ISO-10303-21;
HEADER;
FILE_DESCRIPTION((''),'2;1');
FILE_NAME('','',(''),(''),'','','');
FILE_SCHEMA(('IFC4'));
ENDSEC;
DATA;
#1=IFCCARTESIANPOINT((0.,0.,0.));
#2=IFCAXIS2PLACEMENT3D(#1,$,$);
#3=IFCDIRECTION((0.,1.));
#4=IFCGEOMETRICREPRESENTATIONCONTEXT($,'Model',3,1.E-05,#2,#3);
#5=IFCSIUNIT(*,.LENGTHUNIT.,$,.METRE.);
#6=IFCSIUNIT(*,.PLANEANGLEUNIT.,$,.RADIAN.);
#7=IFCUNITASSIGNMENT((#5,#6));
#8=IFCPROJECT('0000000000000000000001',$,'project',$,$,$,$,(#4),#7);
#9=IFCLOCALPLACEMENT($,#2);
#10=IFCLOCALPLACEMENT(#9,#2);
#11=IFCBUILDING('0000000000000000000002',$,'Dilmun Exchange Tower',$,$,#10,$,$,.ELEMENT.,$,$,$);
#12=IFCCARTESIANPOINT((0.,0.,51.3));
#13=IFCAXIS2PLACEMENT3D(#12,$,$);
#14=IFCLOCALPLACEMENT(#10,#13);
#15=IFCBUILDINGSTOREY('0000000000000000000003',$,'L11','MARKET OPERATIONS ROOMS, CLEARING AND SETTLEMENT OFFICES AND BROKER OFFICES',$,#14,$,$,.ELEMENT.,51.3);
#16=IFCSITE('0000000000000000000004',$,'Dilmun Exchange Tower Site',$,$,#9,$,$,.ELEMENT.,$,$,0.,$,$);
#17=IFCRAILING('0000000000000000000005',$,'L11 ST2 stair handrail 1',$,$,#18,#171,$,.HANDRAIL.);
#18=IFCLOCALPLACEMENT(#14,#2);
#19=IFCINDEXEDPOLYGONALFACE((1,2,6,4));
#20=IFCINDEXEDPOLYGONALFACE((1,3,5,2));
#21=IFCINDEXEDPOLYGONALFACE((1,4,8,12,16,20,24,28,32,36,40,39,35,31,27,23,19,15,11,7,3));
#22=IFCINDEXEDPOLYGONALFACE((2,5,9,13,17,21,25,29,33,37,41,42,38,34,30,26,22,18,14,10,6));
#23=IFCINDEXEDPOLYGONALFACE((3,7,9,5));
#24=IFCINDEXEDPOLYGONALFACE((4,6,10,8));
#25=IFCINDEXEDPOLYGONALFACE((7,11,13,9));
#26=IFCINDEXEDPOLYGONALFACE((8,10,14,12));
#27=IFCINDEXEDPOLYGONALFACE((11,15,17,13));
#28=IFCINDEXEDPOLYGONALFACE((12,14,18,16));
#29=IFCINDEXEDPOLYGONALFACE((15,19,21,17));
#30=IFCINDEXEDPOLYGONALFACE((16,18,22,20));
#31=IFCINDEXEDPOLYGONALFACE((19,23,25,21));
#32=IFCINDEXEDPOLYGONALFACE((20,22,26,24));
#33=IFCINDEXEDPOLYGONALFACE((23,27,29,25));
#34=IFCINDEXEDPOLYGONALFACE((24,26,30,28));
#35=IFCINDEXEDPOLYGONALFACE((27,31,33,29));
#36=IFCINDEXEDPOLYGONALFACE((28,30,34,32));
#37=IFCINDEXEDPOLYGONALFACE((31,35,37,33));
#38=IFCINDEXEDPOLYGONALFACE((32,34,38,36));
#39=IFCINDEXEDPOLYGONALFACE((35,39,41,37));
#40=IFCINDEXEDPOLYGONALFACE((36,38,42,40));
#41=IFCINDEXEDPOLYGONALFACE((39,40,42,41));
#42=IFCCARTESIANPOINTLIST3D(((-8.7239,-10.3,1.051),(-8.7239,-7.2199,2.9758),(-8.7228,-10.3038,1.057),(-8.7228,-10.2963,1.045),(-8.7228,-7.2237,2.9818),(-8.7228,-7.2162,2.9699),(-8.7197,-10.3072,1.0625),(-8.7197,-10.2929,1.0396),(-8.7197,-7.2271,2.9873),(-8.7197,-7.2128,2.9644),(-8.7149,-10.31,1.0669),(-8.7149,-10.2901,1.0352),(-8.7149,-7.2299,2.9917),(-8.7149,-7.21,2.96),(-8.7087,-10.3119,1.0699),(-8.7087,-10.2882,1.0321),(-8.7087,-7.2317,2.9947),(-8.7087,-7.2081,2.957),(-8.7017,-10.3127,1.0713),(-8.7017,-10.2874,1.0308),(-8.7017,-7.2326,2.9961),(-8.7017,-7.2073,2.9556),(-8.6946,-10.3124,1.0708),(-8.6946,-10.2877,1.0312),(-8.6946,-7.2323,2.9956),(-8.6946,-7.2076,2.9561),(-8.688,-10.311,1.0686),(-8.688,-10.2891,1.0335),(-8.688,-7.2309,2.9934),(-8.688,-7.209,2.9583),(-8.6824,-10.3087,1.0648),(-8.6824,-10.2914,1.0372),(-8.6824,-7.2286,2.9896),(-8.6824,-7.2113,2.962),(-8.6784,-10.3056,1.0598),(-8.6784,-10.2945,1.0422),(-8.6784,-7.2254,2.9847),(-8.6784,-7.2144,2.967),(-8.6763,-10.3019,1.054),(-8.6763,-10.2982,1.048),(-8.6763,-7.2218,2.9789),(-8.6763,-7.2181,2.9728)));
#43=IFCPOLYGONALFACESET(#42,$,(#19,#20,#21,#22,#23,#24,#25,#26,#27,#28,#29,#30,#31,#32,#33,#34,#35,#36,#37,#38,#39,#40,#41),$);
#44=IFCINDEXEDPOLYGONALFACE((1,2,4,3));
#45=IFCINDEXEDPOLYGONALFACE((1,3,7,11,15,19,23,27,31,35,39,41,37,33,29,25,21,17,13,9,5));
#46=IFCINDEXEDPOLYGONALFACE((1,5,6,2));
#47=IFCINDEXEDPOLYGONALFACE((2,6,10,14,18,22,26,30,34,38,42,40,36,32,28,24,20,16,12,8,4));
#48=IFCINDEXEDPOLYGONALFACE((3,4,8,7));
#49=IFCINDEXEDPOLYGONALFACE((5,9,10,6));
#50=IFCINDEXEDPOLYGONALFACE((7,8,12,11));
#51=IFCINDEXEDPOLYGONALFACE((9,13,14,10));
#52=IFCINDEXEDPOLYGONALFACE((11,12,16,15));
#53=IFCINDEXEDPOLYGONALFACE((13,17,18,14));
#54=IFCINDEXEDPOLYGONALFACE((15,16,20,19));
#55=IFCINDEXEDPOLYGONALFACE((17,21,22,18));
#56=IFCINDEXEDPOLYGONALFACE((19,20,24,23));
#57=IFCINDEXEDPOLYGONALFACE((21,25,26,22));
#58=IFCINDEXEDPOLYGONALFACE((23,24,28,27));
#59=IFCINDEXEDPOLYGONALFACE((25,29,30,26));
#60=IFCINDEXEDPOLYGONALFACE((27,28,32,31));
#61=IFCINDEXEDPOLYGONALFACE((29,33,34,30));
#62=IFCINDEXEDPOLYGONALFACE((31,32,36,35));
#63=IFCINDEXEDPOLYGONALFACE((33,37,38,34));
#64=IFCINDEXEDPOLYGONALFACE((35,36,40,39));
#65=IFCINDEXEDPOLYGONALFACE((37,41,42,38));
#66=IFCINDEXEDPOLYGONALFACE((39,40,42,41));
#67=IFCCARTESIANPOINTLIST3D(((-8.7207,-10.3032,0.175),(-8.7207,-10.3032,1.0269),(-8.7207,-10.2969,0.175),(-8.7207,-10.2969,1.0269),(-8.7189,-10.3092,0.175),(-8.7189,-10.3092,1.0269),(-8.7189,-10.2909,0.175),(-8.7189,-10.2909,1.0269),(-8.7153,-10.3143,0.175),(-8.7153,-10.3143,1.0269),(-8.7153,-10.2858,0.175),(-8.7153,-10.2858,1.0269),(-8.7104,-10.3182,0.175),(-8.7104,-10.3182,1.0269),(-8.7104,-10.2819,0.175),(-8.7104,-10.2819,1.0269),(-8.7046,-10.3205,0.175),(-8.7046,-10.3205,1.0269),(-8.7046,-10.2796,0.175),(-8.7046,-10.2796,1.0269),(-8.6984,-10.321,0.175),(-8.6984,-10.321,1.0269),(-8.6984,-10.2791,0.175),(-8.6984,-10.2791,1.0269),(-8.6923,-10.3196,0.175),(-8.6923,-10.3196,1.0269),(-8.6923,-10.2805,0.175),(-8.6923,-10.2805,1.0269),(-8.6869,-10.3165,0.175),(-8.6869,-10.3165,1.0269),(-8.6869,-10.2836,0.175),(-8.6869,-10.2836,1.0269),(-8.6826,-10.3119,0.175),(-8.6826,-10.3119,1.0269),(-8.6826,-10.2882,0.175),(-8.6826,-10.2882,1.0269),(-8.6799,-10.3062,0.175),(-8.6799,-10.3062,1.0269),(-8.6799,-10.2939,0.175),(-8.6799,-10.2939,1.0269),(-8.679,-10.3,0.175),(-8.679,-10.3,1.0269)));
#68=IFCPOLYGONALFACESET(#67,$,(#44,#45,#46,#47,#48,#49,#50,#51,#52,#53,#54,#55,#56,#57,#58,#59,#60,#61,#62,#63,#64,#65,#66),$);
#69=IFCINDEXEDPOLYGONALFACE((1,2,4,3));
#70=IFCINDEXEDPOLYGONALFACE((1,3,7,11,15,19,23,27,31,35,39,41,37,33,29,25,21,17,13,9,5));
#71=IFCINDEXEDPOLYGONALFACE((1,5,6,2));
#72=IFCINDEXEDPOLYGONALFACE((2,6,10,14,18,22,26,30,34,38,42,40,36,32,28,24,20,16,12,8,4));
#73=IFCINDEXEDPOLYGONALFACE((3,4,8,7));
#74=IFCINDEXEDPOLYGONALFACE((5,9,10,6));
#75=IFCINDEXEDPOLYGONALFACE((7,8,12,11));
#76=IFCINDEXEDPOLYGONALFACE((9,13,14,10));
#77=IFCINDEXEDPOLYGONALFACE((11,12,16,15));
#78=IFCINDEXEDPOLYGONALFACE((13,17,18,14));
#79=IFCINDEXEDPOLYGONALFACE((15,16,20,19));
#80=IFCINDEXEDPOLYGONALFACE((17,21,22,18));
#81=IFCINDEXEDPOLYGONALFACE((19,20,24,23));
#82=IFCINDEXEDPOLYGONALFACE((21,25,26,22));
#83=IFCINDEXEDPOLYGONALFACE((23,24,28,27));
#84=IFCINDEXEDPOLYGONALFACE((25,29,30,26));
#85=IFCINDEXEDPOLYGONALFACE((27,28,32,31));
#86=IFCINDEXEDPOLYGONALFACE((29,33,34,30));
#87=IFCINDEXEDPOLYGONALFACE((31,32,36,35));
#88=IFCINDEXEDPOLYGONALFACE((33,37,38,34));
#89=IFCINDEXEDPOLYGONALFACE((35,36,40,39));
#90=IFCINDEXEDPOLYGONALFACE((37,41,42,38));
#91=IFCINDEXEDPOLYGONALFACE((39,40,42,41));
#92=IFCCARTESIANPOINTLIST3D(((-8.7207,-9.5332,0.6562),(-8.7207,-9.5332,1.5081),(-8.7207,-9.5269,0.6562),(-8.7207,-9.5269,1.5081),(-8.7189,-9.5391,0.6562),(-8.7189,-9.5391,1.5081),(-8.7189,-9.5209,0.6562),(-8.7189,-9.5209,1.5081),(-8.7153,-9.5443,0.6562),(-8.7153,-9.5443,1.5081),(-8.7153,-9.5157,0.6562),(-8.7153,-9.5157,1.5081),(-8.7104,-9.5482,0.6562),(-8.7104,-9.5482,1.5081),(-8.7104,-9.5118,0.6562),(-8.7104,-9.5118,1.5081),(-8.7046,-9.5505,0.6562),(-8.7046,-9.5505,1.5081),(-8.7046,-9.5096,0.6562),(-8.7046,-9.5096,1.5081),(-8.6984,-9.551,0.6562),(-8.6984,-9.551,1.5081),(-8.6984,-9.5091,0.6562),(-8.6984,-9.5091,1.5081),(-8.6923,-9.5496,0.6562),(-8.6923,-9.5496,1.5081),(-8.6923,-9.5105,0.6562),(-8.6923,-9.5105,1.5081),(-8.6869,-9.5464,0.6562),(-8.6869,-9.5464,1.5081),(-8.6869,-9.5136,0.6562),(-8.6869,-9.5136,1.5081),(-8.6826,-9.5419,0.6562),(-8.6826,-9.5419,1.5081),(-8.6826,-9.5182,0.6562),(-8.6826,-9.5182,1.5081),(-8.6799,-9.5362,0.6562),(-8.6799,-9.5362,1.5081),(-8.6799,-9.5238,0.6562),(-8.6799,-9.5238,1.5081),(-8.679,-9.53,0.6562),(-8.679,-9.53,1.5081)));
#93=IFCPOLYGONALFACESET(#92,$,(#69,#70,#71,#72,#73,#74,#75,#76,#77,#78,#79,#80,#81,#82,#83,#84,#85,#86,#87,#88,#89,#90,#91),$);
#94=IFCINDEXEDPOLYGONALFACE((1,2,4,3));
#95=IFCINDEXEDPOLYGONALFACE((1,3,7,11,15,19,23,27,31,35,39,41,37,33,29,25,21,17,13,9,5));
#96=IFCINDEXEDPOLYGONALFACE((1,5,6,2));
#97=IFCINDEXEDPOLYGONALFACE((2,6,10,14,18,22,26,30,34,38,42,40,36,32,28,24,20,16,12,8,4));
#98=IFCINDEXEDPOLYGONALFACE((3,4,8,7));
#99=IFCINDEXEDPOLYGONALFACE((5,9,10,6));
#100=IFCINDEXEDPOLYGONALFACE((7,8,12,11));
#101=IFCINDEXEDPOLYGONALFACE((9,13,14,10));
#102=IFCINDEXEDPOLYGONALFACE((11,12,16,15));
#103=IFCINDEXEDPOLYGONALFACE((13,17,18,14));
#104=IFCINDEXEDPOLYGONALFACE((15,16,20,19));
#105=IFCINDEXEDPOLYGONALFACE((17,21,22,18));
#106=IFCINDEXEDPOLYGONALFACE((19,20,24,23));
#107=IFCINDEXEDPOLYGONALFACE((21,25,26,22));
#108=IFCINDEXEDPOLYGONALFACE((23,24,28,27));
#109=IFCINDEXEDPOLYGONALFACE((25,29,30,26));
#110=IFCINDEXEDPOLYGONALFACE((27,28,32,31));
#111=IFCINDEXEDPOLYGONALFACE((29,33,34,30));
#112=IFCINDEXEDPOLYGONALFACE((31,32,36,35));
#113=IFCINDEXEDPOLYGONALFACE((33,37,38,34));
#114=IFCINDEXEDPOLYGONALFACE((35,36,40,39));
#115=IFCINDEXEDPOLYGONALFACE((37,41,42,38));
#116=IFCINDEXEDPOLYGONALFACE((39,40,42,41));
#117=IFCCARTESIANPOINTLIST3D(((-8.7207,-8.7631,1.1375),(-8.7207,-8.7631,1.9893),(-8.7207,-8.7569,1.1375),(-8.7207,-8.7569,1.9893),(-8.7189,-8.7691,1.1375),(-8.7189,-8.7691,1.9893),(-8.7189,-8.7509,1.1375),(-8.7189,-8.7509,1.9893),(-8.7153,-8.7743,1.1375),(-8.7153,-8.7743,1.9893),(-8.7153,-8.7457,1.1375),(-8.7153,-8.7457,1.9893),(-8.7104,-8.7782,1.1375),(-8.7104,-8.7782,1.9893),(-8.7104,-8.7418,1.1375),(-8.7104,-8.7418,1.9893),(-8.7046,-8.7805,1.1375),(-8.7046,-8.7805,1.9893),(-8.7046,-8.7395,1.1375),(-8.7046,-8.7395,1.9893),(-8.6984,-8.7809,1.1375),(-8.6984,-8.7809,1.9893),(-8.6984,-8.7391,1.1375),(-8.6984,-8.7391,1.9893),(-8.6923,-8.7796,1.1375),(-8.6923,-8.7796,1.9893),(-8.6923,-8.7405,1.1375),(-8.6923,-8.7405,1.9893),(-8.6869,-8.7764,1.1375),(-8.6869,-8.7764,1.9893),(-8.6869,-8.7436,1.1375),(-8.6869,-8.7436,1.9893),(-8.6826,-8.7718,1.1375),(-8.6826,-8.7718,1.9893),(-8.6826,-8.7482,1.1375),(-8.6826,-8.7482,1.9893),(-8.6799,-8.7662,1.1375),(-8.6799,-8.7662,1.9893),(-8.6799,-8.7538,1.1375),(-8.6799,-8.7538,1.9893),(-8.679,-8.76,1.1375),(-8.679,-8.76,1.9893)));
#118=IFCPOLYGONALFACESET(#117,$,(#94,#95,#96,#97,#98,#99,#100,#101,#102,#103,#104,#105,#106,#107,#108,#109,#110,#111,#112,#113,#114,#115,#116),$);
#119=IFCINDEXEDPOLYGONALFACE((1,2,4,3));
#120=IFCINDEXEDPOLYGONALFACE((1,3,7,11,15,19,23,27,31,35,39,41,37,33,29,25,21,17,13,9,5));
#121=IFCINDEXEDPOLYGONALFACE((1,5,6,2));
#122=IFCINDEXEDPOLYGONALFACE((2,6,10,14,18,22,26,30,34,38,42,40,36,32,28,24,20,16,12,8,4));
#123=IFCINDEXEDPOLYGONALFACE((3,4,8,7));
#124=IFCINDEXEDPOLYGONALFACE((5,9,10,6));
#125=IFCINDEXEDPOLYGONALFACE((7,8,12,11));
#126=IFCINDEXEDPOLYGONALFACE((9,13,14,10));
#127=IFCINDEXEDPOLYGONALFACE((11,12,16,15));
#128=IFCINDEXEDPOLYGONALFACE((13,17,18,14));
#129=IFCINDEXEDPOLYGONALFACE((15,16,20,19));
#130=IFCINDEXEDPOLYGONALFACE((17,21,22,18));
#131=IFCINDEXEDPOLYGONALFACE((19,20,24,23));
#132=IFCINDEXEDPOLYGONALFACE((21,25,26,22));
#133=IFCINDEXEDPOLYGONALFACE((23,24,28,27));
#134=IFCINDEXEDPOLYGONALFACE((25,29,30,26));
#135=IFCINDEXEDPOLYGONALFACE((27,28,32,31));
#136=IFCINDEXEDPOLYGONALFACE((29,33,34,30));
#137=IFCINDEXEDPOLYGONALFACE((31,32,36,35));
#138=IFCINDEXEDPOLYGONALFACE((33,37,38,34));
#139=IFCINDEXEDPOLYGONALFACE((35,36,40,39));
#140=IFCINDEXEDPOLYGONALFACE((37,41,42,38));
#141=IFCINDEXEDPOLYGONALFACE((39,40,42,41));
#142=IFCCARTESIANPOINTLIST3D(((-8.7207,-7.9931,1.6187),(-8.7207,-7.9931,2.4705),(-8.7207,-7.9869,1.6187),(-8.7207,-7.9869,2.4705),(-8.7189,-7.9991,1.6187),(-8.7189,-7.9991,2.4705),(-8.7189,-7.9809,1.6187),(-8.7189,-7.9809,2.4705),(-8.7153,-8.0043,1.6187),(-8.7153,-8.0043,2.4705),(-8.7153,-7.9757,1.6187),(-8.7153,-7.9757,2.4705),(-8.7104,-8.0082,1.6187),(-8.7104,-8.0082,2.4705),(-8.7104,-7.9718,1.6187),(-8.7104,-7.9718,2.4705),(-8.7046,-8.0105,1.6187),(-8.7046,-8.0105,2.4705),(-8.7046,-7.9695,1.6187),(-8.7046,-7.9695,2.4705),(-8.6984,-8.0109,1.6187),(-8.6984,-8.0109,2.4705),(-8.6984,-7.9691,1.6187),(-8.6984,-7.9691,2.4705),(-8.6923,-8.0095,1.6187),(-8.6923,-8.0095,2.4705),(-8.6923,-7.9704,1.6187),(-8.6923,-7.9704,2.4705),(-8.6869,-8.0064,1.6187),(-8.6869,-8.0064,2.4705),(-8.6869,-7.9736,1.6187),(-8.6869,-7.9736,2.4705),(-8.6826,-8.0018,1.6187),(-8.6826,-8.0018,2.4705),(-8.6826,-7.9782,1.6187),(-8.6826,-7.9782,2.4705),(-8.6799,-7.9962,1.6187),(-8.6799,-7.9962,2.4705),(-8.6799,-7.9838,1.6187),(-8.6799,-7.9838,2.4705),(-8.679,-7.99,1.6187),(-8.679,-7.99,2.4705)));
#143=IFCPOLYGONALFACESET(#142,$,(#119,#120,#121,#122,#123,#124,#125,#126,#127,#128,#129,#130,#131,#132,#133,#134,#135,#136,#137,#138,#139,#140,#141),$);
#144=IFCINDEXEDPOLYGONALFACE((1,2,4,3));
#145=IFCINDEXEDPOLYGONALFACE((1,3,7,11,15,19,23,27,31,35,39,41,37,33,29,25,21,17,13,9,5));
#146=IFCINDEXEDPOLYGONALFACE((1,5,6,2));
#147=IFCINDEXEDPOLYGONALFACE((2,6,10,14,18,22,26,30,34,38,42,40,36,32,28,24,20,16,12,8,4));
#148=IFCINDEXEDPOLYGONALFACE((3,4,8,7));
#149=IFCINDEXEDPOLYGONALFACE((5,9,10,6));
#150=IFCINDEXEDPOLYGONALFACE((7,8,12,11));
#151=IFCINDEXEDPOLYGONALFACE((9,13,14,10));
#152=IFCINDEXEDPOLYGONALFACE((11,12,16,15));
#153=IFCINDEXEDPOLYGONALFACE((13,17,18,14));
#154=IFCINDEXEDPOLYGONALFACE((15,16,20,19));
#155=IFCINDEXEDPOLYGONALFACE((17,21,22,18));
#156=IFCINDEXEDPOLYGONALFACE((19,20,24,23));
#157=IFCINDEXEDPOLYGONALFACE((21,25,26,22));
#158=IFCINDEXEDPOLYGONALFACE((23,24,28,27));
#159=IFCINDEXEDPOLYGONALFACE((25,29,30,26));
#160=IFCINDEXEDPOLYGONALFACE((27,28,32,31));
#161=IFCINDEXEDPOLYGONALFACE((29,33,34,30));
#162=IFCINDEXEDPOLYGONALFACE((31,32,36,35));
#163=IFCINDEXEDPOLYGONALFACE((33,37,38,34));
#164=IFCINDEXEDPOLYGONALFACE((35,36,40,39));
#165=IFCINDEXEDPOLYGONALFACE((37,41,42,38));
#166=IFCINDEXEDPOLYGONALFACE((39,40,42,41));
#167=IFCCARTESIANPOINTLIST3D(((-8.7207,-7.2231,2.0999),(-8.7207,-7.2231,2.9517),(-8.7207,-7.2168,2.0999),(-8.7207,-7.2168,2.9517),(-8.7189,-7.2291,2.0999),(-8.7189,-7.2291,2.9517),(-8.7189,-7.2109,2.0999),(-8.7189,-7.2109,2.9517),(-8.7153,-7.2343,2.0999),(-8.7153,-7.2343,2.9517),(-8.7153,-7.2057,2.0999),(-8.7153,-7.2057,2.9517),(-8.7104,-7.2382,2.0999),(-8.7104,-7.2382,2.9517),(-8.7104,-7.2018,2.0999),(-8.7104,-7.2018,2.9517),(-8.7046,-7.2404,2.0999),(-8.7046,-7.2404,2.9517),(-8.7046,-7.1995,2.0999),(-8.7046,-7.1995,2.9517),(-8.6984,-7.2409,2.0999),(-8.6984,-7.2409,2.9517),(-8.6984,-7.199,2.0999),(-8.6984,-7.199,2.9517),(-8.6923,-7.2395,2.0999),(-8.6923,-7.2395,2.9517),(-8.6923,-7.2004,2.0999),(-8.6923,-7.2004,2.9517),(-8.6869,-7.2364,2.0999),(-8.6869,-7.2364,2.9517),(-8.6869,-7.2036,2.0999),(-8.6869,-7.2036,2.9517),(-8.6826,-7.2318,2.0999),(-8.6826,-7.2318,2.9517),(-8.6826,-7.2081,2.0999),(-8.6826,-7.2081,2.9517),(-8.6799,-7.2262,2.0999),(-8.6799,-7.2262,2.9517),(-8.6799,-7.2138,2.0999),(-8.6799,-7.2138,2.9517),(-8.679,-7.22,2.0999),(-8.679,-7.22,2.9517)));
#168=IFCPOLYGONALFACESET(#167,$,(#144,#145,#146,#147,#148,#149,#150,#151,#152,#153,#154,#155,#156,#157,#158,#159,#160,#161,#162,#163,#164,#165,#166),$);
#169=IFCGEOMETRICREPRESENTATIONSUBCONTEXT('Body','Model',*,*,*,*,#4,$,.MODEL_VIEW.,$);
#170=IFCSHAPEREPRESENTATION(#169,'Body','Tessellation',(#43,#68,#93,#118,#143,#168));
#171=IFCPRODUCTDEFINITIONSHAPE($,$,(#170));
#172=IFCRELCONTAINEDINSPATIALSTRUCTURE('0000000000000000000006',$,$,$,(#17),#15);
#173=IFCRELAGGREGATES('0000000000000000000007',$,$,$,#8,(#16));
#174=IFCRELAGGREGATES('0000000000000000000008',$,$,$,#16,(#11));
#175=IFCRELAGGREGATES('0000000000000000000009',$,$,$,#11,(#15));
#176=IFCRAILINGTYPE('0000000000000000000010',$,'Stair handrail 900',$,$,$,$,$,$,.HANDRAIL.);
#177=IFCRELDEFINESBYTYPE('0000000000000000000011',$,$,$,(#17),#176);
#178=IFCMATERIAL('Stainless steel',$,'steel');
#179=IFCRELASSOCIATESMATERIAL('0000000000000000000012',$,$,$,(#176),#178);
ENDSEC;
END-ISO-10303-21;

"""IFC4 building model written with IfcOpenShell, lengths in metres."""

from ifc_helpers import new_model, si_unit, direction, frame, origin, origin_2d, place, context, subcontext, project, spatial, circle, extrude, material, type_object, element, save


model = new_model("IFC4")

# Units and contexts
model_context = context("Model", 3, precision=1e-05, world=origin(), true_north=direction((0.0, 1.0)))
body_context = subcontext(model_context, "Body", "Model", "MODEL_VIEW")
ifc_project = project(units=[si_unit("LENGTHUNIT", "METRE"), si_unit("PLANEANGLEUNIT", "RADIAN")], contexts=[model_context])

# Site, building, storey
site_placement = place(None, origin())
site = spatial("IfcSite", under=ifc_project, at=site_placement, Name="Dilmun Exchange Tower Site", CompositionType="ELEMENT", RefElevation=0.0)
building_placement = place(site_placement, origin())
building = spatial("IfcBuilding", under=site, at=building_placement, Name="Dilmun Exchange Tower", CompositionType="ELEMENT")
storey_placement = place(building_placement, frame((0.0, 0.0, 51.3)))
storey = spatial("IfcBuildingStorey", under=building, at=storey_placement, Name="L11", Description="MARKET OPERATIONS ROOMS, CLEARING AND SETTLEMENT OFFICES AND BROKER OFFICES", CompositionType="ELEMENT", Elevation=51.3)

# Railing
ifc_material_1 = material(Name="Stainless steel", Category="steel")
railing_type = type_object("IfcRailingType", Name="Stair handrail 900", PredefinedType="HANDRAIL", material=ifc_material_1)
railing_placement = place(storey_placement, frame((-8.7, -10.3, 0.175)))
element("IfcRailing", 1, at=railing_placement, inside=storey, type_object=railing_type, Name="L11 ST2 stair handrail 1", PredefinedType="HANDRAIL", context=body_context, shape_type="SweptSolid", body=[
    extrude(circle(Radius=0.0239, at=origin_2d()), frame((0.0, 0.0, 0.876), z_axis=(0.0, 0.848029, 0.529951), x_axis=(-1.0, 0.0, 0.0)), (0.0, 0.0, 1.0), 3.6321),
    extrude(circle(Radius=0.021, at=origin_2d()), origin(), (0.0, 0.0, 1.0), 0.8518),
    extrude(circle(Radius=0.021, at=origin_2d()), frame((0.0, 0.77, 0.4812)), (0.0, 0.0, 1.0), 0.8518),
    extrude(circle(Radius=0.021, at=origin_2d()), frame((0.0, 1.54, 0.9624)), (0.0, 0.0, 1.0), 0.8518),
    extrude(circle(Radius=0.021, at=origin_2d()), frame((0.0, 2.3101, 1.4436)), (0.0, 0.0, 1.0), 0.8518),
    extrude(circle(Radius=0.021, at=origin_2d()), frame((0.0, 3.0801, 1.9248)), (0.0, 0.0, 1.0), 0.8518),
])

save(model, "model.ifc")
